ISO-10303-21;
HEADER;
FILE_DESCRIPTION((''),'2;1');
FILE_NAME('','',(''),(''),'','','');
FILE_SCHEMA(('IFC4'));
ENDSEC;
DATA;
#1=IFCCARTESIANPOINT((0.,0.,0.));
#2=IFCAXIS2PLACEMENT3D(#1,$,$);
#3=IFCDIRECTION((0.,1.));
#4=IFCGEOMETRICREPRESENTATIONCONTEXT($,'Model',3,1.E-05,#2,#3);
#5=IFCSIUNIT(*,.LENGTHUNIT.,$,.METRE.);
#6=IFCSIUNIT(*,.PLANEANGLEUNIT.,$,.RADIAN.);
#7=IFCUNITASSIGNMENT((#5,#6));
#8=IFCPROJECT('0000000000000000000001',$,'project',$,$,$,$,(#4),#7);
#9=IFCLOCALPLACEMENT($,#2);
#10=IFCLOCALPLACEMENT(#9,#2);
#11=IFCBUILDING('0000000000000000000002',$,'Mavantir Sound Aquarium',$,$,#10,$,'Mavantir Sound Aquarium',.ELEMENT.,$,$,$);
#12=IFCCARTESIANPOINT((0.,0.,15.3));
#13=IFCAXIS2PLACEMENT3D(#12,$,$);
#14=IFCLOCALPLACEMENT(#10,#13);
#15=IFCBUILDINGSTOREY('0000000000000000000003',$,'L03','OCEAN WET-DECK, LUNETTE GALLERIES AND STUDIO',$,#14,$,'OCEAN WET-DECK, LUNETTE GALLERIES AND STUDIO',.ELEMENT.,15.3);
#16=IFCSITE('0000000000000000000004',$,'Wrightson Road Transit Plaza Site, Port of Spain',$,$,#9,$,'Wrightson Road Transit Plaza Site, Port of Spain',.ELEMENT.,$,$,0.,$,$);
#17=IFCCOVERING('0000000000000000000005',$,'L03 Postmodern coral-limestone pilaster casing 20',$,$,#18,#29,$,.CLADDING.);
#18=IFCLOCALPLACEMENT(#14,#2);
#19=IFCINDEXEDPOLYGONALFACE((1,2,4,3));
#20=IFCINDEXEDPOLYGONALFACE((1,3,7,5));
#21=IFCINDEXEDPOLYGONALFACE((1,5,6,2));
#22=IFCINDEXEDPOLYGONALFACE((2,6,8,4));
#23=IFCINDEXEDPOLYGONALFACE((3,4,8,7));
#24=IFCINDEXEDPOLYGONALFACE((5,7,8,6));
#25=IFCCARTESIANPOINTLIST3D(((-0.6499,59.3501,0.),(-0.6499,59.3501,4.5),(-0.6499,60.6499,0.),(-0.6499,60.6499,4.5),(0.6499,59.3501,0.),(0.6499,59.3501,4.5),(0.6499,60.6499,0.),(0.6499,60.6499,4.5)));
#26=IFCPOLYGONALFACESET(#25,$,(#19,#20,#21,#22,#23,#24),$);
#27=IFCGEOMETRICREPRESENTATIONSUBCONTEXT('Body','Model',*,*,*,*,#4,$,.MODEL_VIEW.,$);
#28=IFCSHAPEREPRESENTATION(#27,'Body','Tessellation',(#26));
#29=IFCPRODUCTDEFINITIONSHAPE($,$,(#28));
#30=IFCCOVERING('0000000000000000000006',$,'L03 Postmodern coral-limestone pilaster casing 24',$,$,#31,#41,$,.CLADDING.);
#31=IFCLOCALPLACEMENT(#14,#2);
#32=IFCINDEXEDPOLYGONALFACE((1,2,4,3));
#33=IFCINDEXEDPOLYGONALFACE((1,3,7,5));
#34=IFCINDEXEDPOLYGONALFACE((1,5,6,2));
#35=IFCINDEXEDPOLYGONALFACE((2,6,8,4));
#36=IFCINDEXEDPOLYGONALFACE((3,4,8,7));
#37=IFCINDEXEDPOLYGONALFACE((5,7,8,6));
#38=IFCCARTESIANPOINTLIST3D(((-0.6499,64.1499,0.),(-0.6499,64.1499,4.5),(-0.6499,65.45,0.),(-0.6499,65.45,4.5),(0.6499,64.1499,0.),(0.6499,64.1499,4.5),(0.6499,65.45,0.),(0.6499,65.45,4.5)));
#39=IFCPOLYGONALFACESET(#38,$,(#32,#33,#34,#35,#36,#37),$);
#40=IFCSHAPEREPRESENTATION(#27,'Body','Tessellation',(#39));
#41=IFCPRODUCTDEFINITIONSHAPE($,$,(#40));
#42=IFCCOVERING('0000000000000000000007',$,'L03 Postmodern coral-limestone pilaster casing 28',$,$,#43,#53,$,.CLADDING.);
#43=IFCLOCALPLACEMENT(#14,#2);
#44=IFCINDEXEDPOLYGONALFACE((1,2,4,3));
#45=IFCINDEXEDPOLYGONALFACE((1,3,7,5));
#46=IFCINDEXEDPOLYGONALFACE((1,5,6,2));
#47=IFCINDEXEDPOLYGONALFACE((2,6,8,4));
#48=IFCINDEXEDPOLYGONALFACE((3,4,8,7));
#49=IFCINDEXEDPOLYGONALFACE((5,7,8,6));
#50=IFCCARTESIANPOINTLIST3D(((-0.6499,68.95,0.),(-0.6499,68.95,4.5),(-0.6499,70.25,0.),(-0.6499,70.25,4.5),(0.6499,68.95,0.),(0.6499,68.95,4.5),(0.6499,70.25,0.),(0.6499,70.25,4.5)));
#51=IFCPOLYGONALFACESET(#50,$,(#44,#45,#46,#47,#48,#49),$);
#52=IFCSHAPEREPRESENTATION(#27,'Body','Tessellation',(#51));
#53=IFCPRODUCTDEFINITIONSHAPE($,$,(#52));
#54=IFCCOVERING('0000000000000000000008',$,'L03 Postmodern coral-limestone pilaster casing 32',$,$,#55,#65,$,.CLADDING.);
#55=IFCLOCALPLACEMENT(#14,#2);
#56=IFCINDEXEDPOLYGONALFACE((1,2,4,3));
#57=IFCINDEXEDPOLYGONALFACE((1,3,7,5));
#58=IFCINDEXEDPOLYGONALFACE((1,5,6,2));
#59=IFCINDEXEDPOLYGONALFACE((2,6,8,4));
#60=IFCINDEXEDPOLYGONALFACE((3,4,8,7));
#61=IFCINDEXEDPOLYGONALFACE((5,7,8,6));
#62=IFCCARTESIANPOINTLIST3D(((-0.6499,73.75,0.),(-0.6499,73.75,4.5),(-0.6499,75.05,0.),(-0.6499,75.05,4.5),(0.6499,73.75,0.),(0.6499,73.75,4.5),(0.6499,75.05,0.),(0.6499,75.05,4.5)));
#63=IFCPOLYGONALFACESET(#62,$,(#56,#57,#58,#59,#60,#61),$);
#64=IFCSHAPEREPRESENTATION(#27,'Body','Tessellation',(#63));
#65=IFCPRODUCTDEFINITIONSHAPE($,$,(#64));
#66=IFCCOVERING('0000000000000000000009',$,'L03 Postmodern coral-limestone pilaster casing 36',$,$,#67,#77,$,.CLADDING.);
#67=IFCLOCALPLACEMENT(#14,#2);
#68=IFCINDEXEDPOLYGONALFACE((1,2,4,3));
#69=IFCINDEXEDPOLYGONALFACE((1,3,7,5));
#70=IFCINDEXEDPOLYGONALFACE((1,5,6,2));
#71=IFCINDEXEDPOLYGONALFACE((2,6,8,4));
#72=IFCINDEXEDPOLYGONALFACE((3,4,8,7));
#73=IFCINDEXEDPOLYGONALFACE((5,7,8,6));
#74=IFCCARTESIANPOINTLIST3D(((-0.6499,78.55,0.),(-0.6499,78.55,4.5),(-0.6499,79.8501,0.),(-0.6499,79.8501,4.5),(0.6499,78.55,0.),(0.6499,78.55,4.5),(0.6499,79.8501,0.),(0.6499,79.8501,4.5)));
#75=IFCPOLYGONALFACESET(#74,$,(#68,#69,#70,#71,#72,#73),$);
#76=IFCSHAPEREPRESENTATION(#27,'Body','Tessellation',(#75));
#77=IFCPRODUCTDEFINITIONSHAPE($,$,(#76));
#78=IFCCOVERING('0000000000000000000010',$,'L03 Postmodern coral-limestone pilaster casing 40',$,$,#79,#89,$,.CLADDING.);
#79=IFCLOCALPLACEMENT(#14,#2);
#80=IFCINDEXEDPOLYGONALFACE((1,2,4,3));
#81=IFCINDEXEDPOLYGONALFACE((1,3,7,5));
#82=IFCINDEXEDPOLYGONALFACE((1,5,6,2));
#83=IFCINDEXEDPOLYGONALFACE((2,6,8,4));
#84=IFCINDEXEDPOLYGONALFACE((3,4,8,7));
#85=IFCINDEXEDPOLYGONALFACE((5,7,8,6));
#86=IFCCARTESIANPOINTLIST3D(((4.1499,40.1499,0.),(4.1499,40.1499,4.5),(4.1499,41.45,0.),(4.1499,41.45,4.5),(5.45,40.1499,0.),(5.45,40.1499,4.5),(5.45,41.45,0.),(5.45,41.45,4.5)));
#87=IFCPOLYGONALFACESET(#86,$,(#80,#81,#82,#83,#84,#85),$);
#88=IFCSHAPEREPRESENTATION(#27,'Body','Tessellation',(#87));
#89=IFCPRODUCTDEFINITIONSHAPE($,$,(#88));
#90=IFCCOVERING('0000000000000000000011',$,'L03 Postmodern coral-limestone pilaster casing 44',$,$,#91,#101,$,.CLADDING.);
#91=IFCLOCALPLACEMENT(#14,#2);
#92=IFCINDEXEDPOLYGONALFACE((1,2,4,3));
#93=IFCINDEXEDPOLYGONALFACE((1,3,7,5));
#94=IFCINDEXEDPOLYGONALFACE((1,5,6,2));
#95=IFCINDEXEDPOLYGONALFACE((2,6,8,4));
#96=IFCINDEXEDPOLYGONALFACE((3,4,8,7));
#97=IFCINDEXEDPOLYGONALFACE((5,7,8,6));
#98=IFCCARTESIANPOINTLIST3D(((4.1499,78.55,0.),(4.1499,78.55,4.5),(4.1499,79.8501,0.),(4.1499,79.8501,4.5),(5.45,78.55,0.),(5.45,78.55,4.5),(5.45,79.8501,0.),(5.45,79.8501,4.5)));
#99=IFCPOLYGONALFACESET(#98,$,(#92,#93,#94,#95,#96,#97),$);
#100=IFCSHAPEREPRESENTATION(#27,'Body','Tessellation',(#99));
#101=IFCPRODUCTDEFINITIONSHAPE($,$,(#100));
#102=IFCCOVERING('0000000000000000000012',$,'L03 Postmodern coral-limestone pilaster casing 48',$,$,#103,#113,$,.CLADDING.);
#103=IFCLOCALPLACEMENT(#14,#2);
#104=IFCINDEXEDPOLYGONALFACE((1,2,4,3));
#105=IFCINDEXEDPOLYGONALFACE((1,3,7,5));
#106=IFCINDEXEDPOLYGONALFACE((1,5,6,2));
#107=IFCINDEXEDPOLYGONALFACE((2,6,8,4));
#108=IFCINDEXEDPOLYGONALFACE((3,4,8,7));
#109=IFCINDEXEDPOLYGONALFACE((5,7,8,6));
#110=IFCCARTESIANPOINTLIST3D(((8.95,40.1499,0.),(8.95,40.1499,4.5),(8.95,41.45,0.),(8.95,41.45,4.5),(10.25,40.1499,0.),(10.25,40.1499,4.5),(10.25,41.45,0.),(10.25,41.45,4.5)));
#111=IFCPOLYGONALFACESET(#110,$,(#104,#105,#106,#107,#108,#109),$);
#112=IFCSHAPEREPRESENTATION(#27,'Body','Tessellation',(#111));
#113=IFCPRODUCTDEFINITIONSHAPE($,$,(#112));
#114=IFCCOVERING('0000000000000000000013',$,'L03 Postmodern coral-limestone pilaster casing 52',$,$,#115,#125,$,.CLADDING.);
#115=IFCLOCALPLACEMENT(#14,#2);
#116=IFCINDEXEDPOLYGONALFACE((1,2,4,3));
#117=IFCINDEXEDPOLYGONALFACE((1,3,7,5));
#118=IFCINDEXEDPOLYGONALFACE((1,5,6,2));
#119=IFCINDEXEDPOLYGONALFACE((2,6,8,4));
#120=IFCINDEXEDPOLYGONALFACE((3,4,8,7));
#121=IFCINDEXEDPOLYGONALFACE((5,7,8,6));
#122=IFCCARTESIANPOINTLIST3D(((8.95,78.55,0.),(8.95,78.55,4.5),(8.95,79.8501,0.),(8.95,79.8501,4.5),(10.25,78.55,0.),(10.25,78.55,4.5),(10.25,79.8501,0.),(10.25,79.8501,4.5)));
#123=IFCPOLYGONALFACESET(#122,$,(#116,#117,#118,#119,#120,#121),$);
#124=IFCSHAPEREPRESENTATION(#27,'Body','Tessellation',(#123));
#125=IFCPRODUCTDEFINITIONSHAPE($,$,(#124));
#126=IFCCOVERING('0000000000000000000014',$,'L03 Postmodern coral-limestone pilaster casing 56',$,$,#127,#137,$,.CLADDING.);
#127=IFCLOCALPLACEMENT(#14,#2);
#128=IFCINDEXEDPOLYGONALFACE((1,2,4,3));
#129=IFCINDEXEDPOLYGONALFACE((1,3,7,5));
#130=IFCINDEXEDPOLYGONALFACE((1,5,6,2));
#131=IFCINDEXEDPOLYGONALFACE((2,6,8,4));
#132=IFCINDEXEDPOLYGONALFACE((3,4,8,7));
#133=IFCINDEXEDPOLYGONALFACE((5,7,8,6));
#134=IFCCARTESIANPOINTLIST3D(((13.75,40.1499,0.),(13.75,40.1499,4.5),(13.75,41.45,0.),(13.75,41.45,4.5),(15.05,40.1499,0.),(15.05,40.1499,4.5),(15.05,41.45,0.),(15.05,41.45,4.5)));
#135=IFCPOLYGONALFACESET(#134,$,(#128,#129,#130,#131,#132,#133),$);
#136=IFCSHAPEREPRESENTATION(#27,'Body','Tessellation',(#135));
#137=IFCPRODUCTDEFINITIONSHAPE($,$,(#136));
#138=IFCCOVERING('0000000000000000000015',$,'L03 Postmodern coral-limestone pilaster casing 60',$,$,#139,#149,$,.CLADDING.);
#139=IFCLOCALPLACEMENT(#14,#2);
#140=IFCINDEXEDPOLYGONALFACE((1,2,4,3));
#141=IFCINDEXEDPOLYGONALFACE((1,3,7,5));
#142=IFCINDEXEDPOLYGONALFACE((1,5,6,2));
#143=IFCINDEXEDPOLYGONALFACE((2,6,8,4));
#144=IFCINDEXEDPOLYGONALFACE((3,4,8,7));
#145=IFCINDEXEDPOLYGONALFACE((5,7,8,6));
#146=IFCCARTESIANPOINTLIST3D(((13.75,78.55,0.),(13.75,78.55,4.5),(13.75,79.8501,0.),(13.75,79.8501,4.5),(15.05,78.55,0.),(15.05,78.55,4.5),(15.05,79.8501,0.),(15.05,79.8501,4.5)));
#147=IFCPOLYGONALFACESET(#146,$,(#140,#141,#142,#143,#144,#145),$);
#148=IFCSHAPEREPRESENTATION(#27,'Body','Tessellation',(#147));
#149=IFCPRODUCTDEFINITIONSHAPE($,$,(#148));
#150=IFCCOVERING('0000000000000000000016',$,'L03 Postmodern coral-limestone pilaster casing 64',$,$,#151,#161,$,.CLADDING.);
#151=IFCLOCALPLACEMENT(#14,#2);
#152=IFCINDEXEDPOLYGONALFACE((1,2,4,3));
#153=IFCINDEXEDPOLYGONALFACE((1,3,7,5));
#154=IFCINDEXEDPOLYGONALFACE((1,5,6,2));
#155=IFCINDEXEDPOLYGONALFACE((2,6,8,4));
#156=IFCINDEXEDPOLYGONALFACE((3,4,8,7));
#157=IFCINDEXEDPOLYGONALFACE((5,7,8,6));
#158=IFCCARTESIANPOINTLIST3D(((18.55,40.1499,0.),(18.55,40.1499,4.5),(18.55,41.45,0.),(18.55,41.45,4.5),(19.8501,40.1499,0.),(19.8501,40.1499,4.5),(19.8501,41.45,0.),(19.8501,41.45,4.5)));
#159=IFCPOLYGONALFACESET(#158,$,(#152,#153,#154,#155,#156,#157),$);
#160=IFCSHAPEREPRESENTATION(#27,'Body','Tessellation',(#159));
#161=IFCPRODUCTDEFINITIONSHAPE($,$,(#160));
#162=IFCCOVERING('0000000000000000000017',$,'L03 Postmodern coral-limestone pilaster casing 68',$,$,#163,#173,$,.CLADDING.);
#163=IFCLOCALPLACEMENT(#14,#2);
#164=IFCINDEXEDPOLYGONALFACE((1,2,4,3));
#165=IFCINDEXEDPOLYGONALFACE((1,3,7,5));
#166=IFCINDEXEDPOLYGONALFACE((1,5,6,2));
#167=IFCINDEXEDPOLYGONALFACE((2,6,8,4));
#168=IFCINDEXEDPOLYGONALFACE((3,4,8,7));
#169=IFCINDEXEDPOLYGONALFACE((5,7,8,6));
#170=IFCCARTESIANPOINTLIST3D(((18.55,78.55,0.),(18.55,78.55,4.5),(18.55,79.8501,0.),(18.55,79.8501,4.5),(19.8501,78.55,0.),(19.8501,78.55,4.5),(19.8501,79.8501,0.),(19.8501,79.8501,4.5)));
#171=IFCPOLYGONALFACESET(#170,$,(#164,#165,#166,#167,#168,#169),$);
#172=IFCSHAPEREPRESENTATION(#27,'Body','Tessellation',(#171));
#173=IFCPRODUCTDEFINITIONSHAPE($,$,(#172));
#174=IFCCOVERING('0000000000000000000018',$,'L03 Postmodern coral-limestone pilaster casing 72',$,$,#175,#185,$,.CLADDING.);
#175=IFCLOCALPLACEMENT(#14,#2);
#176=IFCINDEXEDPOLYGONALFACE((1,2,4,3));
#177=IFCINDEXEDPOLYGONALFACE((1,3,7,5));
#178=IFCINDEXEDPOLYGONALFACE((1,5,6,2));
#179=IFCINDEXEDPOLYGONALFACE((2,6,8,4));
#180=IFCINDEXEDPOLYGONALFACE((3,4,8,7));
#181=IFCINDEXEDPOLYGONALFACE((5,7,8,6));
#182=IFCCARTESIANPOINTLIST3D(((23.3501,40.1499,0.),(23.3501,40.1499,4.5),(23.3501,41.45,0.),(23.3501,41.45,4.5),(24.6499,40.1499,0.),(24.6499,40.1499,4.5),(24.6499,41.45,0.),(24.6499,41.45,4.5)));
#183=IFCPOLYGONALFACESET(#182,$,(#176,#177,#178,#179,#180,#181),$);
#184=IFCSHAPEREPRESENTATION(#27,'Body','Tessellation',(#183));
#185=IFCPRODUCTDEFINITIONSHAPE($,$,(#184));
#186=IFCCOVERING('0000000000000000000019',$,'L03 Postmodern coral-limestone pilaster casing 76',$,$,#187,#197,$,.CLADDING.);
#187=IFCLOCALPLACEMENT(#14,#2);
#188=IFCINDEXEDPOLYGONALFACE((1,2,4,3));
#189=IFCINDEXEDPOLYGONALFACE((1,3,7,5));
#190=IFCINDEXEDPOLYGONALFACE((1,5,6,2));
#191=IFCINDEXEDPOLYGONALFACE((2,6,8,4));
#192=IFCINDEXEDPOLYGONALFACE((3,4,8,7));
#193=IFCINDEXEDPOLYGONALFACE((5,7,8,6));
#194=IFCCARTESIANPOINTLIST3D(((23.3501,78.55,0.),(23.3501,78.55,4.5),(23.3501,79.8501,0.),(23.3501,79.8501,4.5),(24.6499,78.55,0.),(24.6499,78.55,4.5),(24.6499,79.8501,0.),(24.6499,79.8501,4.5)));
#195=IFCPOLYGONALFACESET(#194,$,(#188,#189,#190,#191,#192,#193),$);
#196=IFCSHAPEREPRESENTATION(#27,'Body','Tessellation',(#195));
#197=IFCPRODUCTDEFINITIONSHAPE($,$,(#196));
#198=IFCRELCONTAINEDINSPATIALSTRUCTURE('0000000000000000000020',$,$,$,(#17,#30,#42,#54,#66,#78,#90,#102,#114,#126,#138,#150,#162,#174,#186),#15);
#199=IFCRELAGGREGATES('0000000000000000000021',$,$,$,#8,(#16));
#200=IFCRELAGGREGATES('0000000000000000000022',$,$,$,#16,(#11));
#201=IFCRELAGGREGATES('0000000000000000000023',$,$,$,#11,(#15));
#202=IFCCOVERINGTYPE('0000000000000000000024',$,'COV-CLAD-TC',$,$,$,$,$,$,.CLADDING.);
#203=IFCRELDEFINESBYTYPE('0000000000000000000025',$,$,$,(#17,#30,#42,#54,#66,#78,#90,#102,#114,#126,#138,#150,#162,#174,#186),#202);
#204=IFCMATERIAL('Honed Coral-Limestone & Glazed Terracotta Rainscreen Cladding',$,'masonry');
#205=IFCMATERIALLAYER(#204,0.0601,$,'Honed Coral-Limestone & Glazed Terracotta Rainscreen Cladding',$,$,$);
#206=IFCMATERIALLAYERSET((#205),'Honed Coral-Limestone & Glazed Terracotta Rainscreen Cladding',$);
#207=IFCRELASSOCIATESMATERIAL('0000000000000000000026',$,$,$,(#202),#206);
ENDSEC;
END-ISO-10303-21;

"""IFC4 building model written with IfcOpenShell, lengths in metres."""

from ifc_helpers import new_model, si_unit, direction, frame, origin, place, context, subcontext, project, spatial, polyline, outline, extrude, material, layer, layer_set, type_object, element, save


model = new_model("IFC4")

# Units and contexts
model_context = context("Model", 3, precision=1e-05, world=origin(), true_north=direction((0.0, 1.0)))
body_context = subcontext(model_context, "Body", "Model", "MODEL_VIEW")
ifc_project = project(units=[si_unit("LENGTHUNIT", "METRE"), si_unit("PLANEANGLEUNIT", "RADIAN")], contexts=[model_context])

# Site, building, storey
site_placement = place(None, origin())
site = spatial("IfcSite", under=ifc_project, at=site_placement, Name="Wrightson Road Transit Plaza Site, Port of Spain", LongName="Wrightson Road Transit Plaza Site, Port of Spain", CompositionType="ELEMENT", RefElevation=0.0)
building_placement = place(site_placement, origin())
building = spatial("IfcBuilding", under=site, at=building_placement, Name="Mavantir Sound Aquarium", LongName="Mavantir Sound Aquarium", CompositionType="ELEMENT")
storey_placement = place(building_placement, frame((0.0, 0.0, 15.3)))
storey = spatial("IfcBuildingStorey", under=building, at=storey_placement, Name="L03", Description="OCEAN WET-DECK, LUNETTE GALLERIES AND STUDIO", LongName="OCEAN WET-DECK, LUNETTE GALLERIES AND STUDIO", CompositionType="ELEMENT", Elevation=15.3)

# Coverings
ifc_material_1 = material(Name="Honed Coral-Limestone & Glazed Terracotta Rainscreen Cladding", Category="masonry")
ifc_layer_1 = layer(ifc_material_1, 0.0601, Name="Honed Coral-Limestone & Glazed Terracotta Rainscreen Cladding")
ifc_layer_set_1 = layer_set([ifc_layer_1], Name="Honed Coral-Limestone & Glazed Terracotta Rainscreen Cladding")
covering_type = type_object("IfcCoveringType", Name="COV-CLAD-TC", PredefinedType="CLADDING", material=ifc_layer_set_1)
covering_1_placement = place(storey_placement, origin())
element("IfcCovering", 1, at=covering_1_placement, inside=storey, type_object=covering_type, Name="L03 Postmodern coral-limestone pilaster casing 20", PredefinedType="CLADDING", context=body_context, shape_type="SweptSolid", body=[
    extrude(outline(polyline([(-0.6499, 59.3501), (0.6499, 59.3501), (0.6499, 60.6499), (-0.6499, 60.6499), (-0.6499, 59.3501)])), origin(), (0.0, 0.0, 1.0), 4.5),
])
covering_2_placement = place(storey_placement, origin())
element("IfcCovering", 2, at=covering_2_placement, inside=storey, type_object=covering_type, Name="L03 Postmodern coral-limestone pilaster casing 24", PredefinedType="CLADDING", context=body_context, shape_type="SweptSolid", body=[
    extrude(outline(polyline([(-0.6499, 64.1499), (0.6499, 64.1499), (0.6499, 65.45), (-0.6499, 65.45), (-0.6499, 64.1499)])), origin(), (0.0, 0.0, 1.0), 4.5),
])
covering_3_placement = place(storey_placement, origin())
element("IfcCovering", 3, at=covering_3_placement, inside=storey, type_object=covering_type, Name="L03 Postmodern coral-limestone pilaster casing 28", PredefinedType="CLADDING", context=body_context, shape_type="SweptSolid", body=[
    extrude(outline(polyline([(-0.6499, 68.95), (0.6499, 68.95), (0.6499, 70.25), (-0.6499, 70.25), (-0.6499, 68.95)])), origin(), (0.0, 0.0, 1.0), 4.5),
])
covering_4_placement = place(storey_placement, origin())
element("IfcCovering", 4, at=covering_4_placement, inside=storey, type_object=covering_type, Name="L03 Postmodern coral-limestone pilaster casing 32", PredefinedType="CLADDING", context=body_context, shape_type="SweptSolid", body=[
    extrude(outline(polyline([(-0.6499, 73.75), (0.6499, 73.75), (0.6499, 75.05), (-0.6499, 75.05), (-0.6499, 73.75)])), origin(), (0.0, 0.0, 1.0), 4.5),
])
covering_5_placement = place(storey_placement, origin())
element("IfcCovering", 5, at=covering_5_placement, inside=storey, type_object=covering_type, Name="L03 Postmodern coral-limestone pilaster casing 36", PredefinedType="CLADDING", context=body_context, shape_type="SweptSolid", body=[
    extrude(outline(polyline([(-0.6499, 78.55), (0.6499, 78.55), (0.6499, 79.8501), (-0.6499, 79.8501), (-0.6499, 78.55)])), origin(), (0.0, 0.0, 1.0), 4.5),
])
covering_6_placement = place(storey_placement, origin())
element("IfcCovering", 6, at=covering_6_placement, inside=storey, type_object=covering_type, Name="L03 Postmodern coral-limestone pilaster casing 40", PredefinedType="CLADDING", context=body_context, shape_type="SweptSolid", body=[
    extrude(outline(polyline([(4.1499, 40.1499), (5.45, 40.1499), (5.45, 41.45), (4.1499, 41.45), (4.1499, 40.1499)])), origin(), (0.0, 0.0, 1.0), 4.5),
])
covering_7_placement = place(storey_placement, origin())
element("IfcCovering", 7, at=covering_7_placement, inside=storey, type_object=covering_type, Name="L03 Postmodern coral-limestone pilaster casing 44", PredefinedType="CLADDING", context=body_context, shape_type="SweptSolid", body=[
    extrude(outline(polyline([(4.1499, 78.55), (5.45, 78.55), (5.45, 79.8501), (4.1499, 79.8501), (4.1499, 78.55)])), origin(), (0.0, 0.0, 1.0), 4.5),
])
covering_8_placement = place(storey_placement, origin())
element("IfcCovering", 8, at=covering_8_placement, inside=storey, type_object=covering_type, Name="L03 Postmodern coral-limestone pilaster casing 48", PredefinedType="CLADDING", context=body_context, shape_type="SweptSolid", body=[
    extrude(outline(polyline([(8.95, 40.1499), (10.25, 40.1499), (10.25, 41.45), (8.95, 41.45), (8.95, 40.1499)])), origin(), (0.0, 0.0, 1.0), 4.5),
])
covering_9_placement = place(storey_placement, origin())
element("IfcCovering", 9, at=covering_9_placement, inside=storey, type_object=covering_type, Name="L03 Postmodern coral-limestone pilaster casing 52", PredefinedType="CLADDING", context=body_context, shape_type="SweptSolid", body=[
    extrude(outline(polyline([(8.95, 78.55), (10.25, 78.55), (10.25, 79.8501), (8.95, 79.8501), (8.95, 78.55)])), origin(), (0.0, 0.0, 1.0), 4.5),
])
covering_10_placement = place(storey_placement, origin())
element("IfcCovering", 10, at=covering_10_placement, inside=storey, type_object=covering_type, Name="L03 Postmodern coral-limestone pilaster casing 56", PredefinedType="CLADDING", context=body_context, shape_type="SweptSolid", body=[
    extrude(outline(polyline([(13.75, 40.1499), (15.05, 40.1499), (15.05, 41.45), (13.75, 41.45), (13.75, 40.1499)])), origin(), (0.0, 0.0, 1.0), 4.5),
])
covering_11_placement = place(storey_placement, origin())
element("IfcCovering", 11, at=covering_11_placement, inside=storey, type_object=covering_type, Name="L03 Postmodern coral-limestone pilaster casing 60", PredefinedType="CLADDING", context=body_context, shape_type="SweptSolid", body=[
    extrude(outline(polyline([(13.75, 78.55), (15.05, 78.55), (15.05, 79.8501), (13.75, 79.8501), (13.75, 78.55)])), origin(), (0.0, 0.0, 1.0), 4.5),
])
covering_12_placement = place(storey_placement, origin())
element("IfcCovering", 12, at=covering_12_placement, inside=storey, type_object=covering_type, Name="L03 Postmodern coral-limestone pilaster casing 64", PredefinedType="CLADDING", context=body_context, shape_type="SweptSolid", body=[
    extrude(outline(polyline([(18.55, 40.1499), (19.8501, 40.1499), (19.8501, 41.45), (18.55, 41.45), (18.55, 40.1499)])), origin(), (0.0, 0.0, 1.0), 4.5),
])
covering_13_placement = place(storey_placement, origin())
element("IfcCovering", 13, at=covering_13_placement, inside=storey, type_object=covering_type, Name="L03 Postmodern coral-limestone pilaster casing 68", PredefinedType="CLADDING", context=body_context, shape_type="SweptSolid", body=[
    extrude(outline(polyline([(18.55, 78.55), (19.8501, 78.55), (19.8501, 79.8501), (18.55, 79.8501), (18.55, 78.55)])), origin(), (0.0, 0.0, 1.0), 4.5),
])
covering_14_placement = place(storey_placement, origin())
element("IfcCovering", 14, at=covering_14_placement, inside=storey, type_object=covering_type, Name="L03 Postmodern coral-limestone pilaster casing 72", PredefinedType="CLADDING", context=body_context, shape_type="SweptSolid", body=[
    extrude(outline(polyline([(23.3501, 40.1499), (24.6499, 40.1499), (24.6499, 41.45), (23.3501, 41.45), (23.3501, 40.1499)])), origin(), (0.0, 0.0, 1.0), 4.5),
])
covering_15_placement = place(storey_placement, origin())
element("IfcCovering", 15, at=covering_15_placement, inside=storey, type_object=covering_type, Name="L03 Postmodern coral-limestone pilaster casing 76", PredefinedType="CLADDING", context=body_context, shape_type="SweptSolid", body=[
    extrude(outline(polyline([(23.3501, 78.55), (24.6499, 78.55), (24.6499, 79.8501), (23.3501, 79.8501), (23.3501, 78.55)])), origin(), (0.0, 0.0, 1.0), 4.5),
])

save(model, "model.ifc")
